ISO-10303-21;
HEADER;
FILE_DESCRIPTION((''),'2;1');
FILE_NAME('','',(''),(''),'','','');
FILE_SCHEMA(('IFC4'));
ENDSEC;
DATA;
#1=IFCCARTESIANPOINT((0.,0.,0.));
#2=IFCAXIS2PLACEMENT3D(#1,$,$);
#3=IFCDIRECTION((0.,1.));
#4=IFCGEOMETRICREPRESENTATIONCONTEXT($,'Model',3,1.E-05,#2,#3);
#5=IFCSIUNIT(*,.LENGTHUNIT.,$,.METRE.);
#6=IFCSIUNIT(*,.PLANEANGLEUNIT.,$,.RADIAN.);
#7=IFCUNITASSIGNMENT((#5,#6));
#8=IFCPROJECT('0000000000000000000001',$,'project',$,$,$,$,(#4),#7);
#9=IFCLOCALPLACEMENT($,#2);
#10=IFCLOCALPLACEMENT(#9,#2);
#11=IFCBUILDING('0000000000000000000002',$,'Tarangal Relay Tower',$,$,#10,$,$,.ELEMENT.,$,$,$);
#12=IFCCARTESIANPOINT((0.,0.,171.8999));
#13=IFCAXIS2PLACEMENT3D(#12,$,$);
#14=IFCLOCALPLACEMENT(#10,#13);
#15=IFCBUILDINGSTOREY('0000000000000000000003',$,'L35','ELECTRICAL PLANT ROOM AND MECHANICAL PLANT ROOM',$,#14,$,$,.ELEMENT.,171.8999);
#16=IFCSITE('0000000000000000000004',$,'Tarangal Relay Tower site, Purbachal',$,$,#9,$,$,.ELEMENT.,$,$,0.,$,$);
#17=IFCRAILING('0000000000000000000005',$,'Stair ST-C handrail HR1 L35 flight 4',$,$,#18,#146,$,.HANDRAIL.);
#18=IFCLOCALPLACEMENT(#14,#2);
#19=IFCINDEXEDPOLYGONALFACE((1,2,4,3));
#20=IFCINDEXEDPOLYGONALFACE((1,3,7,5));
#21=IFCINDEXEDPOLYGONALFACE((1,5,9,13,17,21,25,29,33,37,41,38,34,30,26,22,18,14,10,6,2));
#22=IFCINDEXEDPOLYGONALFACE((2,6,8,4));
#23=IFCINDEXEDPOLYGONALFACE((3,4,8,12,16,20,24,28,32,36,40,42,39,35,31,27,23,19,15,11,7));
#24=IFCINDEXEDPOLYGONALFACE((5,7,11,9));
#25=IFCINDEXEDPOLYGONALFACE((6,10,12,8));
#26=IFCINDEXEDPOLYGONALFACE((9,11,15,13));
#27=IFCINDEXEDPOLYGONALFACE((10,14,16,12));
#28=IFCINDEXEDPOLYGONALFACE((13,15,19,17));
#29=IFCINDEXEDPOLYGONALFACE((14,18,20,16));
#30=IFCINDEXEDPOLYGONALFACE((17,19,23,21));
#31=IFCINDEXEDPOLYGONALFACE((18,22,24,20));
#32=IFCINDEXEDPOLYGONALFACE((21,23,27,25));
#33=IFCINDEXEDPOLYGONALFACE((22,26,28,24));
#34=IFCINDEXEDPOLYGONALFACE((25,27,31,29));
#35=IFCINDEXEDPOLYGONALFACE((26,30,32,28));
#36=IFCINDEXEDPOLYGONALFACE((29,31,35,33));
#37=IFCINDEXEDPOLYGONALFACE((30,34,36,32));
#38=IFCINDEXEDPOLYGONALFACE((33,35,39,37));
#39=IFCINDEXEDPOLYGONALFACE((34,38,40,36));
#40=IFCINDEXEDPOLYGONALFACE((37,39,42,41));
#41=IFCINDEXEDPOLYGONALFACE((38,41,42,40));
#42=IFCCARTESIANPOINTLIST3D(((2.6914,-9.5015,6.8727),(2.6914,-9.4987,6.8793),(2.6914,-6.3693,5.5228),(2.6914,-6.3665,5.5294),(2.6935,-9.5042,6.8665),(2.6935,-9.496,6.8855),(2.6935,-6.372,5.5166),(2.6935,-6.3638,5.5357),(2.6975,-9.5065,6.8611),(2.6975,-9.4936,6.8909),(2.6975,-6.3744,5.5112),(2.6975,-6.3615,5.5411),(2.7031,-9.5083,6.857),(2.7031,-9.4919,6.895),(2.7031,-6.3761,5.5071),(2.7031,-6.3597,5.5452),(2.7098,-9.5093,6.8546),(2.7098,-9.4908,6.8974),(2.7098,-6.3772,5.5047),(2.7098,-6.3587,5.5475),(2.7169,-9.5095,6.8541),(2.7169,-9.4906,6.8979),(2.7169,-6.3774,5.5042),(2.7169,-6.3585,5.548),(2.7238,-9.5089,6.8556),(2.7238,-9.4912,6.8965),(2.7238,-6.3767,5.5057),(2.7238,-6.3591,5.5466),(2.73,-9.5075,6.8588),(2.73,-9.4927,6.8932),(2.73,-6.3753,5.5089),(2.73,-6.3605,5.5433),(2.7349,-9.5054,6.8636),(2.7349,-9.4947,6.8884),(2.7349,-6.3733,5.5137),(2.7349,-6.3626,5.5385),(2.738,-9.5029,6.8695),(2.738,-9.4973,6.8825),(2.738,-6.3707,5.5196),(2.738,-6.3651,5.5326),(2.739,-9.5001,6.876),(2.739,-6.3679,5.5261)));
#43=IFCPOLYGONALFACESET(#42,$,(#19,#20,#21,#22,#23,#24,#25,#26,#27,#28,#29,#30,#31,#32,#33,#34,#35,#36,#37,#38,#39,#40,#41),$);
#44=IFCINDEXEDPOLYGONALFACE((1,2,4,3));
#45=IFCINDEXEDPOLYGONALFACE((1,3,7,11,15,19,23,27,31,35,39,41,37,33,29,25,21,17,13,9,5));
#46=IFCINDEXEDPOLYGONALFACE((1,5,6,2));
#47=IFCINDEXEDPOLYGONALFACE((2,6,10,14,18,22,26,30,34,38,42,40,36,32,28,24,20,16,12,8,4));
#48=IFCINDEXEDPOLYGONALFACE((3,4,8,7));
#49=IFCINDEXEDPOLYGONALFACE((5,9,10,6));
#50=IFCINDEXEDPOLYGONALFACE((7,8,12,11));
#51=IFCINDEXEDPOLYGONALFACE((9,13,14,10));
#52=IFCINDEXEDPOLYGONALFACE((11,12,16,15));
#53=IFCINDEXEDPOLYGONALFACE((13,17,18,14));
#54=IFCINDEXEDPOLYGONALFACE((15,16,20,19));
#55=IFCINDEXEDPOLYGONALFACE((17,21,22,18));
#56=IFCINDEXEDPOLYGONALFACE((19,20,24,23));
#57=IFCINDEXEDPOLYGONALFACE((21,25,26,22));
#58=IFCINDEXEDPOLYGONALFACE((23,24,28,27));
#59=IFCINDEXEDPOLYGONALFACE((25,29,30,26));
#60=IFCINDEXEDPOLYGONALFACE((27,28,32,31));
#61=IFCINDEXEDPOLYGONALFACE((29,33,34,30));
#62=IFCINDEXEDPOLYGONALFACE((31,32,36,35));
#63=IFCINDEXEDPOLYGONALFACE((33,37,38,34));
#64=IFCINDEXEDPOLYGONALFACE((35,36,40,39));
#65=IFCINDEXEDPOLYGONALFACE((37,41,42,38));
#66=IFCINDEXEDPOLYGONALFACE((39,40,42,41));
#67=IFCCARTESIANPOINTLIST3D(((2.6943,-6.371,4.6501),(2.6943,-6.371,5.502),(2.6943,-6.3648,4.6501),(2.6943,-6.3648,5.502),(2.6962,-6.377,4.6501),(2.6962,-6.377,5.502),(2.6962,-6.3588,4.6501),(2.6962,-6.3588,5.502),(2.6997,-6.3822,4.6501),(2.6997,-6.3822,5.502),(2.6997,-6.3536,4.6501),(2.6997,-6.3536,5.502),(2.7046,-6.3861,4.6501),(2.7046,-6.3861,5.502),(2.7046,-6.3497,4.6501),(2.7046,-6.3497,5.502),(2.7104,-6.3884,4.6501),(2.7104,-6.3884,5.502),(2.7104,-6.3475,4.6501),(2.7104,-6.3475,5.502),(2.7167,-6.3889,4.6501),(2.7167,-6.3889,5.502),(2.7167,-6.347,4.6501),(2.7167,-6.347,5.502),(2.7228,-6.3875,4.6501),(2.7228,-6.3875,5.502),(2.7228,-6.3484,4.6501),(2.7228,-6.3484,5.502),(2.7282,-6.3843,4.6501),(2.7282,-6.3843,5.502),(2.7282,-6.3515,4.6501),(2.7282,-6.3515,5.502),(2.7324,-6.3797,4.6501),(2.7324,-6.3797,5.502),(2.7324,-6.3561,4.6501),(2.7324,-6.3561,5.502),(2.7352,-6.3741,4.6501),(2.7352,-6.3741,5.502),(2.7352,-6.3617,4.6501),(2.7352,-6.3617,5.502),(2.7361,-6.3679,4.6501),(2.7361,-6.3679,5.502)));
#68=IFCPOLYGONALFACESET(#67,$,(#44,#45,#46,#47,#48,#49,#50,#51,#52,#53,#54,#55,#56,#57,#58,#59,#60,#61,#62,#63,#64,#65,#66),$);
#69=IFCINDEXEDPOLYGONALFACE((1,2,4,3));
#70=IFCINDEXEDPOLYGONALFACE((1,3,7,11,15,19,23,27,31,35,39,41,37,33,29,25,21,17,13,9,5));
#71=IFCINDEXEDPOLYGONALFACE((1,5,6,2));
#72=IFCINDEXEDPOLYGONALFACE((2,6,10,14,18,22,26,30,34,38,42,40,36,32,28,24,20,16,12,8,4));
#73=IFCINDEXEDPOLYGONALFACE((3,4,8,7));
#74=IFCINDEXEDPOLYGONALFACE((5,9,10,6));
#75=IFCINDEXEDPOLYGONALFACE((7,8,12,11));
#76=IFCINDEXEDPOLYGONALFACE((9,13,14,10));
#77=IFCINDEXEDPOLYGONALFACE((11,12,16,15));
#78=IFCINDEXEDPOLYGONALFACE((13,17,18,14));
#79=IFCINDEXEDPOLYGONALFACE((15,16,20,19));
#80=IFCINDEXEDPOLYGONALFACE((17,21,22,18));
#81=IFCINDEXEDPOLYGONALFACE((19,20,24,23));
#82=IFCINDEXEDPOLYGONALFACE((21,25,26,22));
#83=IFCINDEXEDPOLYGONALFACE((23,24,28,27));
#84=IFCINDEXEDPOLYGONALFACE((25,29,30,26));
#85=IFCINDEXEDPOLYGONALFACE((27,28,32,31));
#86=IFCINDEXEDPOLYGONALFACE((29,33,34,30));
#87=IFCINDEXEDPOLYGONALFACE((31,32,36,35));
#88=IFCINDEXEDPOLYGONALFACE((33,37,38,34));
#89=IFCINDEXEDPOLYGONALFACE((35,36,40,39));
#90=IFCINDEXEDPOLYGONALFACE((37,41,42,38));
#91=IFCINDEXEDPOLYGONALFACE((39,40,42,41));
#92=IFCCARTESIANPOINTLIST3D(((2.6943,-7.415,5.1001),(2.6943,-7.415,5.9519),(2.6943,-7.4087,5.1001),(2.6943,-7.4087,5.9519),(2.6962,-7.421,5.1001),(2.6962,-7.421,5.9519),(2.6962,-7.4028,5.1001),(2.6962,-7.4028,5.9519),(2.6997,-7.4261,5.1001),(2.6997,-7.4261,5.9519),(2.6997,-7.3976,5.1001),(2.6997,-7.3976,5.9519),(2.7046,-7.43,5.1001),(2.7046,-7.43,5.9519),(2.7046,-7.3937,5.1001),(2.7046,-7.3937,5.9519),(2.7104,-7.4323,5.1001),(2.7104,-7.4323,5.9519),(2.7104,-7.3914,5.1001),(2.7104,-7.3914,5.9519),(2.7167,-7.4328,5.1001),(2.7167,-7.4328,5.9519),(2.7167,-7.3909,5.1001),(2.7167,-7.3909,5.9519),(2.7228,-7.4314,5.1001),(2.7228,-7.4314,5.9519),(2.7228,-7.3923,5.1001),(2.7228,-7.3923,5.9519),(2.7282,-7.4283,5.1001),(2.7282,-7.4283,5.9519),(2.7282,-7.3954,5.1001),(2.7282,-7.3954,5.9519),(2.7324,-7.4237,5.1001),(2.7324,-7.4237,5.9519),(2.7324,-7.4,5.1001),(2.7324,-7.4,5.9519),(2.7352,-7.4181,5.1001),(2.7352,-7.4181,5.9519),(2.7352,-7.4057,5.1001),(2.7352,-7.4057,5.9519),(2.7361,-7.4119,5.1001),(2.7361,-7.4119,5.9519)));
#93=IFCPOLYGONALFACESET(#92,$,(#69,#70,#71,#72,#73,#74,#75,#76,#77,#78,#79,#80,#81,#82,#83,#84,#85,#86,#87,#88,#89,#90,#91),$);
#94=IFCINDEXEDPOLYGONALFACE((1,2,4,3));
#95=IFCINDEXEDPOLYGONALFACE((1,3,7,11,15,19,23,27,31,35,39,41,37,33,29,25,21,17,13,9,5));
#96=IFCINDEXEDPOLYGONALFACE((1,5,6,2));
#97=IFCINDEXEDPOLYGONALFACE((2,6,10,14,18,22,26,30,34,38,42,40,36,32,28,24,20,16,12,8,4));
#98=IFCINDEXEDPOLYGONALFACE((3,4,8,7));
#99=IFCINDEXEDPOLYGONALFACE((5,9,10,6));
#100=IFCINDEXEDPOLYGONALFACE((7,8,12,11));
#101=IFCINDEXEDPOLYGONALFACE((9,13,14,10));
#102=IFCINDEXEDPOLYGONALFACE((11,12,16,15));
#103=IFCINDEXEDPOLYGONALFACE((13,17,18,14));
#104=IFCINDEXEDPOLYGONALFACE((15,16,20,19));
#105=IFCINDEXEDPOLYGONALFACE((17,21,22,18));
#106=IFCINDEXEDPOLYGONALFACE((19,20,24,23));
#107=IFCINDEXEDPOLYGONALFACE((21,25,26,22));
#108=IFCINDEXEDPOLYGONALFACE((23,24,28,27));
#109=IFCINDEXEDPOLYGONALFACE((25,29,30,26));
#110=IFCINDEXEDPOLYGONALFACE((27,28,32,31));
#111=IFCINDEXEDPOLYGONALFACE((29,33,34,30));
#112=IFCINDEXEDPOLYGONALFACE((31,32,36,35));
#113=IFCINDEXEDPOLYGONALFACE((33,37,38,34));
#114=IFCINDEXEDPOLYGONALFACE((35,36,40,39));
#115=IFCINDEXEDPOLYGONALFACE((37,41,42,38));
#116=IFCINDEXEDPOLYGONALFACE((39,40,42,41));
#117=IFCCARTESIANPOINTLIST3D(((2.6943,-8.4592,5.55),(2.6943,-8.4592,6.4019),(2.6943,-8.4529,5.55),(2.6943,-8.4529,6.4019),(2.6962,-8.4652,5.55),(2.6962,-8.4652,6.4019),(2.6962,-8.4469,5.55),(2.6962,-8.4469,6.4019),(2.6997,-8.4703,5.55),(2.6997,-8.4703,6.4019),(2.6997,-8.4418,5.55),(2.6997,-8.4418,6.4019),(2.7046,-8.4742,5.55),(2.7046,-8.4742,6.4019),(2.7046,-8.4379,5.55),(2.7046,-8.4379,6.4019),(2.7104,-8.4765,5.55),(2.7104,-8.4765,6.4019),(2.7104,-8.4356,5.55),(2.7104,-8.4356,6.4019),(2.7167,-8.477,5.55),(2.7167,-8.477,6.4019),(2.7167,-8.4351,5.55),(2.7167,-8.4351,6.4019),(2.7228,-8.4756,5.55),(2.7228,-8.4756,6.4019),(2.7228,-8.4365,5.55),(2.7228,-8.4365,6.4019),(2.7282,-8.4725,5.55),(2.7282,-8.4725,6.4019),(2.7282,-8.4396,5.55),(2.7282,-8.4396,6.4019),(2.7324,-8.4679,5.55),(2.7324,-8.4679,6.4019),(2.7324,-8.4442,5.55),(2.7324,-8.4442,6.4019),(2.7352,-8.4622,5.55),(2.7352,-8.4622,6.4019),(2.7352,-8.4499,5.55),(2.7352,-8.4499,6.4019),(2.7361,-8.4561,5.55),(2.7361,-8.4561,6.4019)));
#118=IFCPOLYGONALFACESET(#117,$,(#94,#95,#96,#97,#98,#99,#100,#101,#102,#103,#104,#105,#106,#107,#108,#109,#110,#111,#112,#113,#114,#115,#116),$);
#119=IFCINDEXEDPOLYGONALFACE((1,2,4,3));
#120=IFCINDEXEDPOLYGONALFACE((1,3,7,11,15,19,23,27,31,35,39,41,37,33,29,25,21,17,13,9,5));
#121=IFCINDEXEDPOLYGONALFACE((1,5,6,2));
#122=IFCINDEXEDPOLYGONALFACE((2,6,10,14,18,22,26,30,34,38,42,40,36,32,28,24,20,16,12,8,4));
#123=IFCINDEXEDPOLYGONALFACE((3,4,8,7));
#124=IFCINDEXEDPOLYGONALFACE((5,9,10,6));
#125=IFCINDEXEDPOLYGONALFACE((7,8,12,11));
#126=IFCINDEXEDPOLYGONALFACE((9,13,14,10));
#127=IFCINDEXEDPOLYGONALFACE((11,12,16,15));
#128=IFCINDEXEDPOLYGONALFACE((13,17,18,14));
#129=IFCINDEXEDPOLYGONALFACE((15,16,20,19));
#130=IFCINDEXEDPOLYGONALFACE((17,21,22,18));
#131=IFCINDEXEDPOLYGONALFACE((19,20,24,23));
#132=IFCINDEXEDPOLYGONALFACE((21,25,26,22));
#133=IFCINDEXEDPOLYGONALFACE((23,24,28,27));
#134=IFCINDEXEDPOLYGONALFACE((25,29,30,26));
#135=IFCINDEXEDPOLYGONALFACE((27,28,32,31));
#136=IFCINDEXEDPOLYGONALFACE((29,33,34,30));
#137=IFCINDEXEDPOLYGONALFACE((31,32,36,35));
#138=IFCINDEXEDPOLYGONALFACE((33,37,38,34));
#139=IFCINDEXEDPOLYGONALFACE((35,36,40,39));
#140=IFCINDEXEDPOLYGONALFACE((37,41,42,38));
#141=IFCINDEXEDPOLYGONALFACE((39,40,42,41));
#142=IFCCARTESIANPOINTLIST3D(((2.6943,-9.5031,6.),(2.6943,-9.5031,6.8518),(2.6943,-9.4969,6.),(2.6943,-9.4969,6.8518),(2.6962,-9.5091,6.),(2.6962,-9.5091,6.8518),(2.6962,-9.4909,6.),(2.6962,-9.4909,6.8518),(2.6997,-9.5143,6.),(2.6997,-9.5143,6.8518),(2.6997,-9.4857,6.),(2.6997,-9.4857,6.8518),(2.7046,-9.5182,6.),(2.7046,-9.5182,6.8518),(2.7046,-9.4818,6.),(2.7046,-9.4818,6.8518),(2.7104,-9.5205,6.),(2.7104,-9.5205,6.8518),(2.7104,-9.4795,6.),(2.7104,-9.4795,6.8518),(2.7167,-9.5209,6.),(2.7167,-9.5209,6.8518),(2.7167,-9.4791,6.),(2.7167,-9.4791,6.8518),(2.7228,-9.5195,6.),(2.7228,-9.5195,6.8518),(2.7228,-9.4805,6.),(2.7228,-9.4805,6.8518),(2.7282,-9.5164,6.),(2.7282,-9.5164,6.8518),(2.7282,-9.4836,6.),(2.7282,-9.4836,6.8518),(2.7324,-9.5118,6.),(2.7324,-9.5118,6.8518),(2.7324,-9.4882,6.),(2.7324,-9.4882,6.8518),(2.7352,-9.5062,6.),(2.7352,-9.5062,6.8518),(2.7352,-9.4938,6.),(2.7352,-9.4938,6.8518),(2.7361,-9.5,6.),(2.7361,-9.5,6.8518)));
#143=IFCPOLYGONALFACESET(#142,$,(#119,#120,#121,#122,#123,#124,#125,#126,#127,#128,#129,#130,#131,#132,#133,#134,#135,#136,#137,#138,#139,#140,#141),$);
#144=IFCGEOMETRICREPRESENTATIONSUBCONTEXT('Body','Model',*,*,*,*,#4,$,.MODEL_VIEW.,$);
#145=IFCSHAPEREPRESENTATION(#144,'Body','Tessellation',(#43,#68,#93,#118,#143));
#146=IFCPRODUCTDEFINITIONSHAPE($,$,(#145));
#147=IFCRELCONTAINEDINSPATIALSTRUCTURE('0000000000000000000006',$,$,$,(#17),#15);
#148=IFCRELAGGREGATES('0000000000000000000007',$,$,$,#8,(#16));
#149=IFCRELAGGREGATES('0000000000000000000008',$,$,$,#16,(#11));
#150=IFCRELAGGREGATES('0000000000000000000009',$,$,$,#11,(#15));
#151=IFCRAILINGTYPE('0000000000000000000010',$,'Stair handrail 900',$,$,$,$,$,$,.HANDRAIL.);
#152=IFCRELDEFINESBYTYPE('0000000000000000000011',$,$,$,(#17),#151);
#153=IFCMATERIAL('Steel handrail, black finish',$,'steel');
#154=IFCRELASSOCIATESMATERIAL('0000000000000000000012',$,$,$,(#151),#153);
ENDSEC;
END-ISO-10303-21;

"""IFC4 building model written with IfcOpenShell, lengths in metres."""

from ifc_helpers import new_model, si_unit, direction, frame, origin, origin_2d, place, context, subcontext, project, spatial, circle, extrude, material, type_object, element, save


model = new_model("IFC4")

# Units and contexts
model_context = context("Model", 3, precision=1e-05, world=origin(), true_north=direction((0.0, 1.0)))
body_context = subcontext(model_context, "Body", "Model", "MODEL_VIEW")
ifc_project = project(units=[si_unit("LENGTHUNIT", "METRE"), si_unit("PLANEANGLEUNIT", "RADIAN")], contexts=[model_context])

# Site, building, storey
site_placement = place(None, origin())
site = spatial("IfcSite", under=ifc_project, at=site_placement, Name="Tarangal Relay Tower site, Purbachal", CompositionType="ELEMENT", RefElevation=0.0)
building_placement = place(site_placement, origin())
building = spatial("IfcBuilding", under=site, at=building_placement, Name="Tarangal Relay Tower", CompositionType="ELEMENT")
storey_placement = place(building_placement, frame((0.0, 0.0, 171.8999)))
storey = spatial("IfcBuildingStorey", under=building, at=storey_placement, Name="L35", Description="ELECTRICAL PLANT ROOM AND MECHANICAL PLANT ROOM", CompositionType="ELEMENT", Elevation=171.8999)

# Railing
ifc_material_1 = material(Name="Steel handrail, black finish", Category="steel")
railing_type_1 = type_object("IfcRailingType", Name="Stair handrail 900", PredefinedType="HANDRAIL", material=ifc_material_1)
for number, where, name in (
    (1, (2.7151, -6.3679, 4.6501), "Stair ST-C handrail HR1 L35 flight 4"),
):
    element("IfcRailing", number, at=place(storey_placement, frame(where)), inside=storey, type_object=railing_type_1, Name=name, PredefinedType="HANDRAIL", context=body_context, shape_type="SweptSolid", body=[
        extrude(circle(Radius=0.0239, at=origin_2d()), frame((0.0, 0.0, 0.876), z_axis=(0.0, -0.918343, 0.395785), x_axis=(1.0, 0.0, 0.0)), (0.0, 0.0, 1.0), 3.4106),
        extrude(circle(Radius=0.021, at=origin_2d()), origin(), (0.0, 0.0, 1.0), 0.8518),
        extrude(circle(Radius=0.021, at=origin_2d()), frame((0.0, -1.0439, 0.45)), (0.0, 0.0, 1.0), 0.8518),
        extrude(circle(Radius=0.021, at=origin_2d()), frame((0.0, -2.0881, 0.8999)), (0.0, 0.0, 1.0), 0.8518),
        extrude(circle(Radius=0.021, at=origin_2d()), frame((0.0, -3.1321, 1.3499)), (0.0, 0.0, 1.0), 0.8518),
    ])

save(model, "model.ifc")
